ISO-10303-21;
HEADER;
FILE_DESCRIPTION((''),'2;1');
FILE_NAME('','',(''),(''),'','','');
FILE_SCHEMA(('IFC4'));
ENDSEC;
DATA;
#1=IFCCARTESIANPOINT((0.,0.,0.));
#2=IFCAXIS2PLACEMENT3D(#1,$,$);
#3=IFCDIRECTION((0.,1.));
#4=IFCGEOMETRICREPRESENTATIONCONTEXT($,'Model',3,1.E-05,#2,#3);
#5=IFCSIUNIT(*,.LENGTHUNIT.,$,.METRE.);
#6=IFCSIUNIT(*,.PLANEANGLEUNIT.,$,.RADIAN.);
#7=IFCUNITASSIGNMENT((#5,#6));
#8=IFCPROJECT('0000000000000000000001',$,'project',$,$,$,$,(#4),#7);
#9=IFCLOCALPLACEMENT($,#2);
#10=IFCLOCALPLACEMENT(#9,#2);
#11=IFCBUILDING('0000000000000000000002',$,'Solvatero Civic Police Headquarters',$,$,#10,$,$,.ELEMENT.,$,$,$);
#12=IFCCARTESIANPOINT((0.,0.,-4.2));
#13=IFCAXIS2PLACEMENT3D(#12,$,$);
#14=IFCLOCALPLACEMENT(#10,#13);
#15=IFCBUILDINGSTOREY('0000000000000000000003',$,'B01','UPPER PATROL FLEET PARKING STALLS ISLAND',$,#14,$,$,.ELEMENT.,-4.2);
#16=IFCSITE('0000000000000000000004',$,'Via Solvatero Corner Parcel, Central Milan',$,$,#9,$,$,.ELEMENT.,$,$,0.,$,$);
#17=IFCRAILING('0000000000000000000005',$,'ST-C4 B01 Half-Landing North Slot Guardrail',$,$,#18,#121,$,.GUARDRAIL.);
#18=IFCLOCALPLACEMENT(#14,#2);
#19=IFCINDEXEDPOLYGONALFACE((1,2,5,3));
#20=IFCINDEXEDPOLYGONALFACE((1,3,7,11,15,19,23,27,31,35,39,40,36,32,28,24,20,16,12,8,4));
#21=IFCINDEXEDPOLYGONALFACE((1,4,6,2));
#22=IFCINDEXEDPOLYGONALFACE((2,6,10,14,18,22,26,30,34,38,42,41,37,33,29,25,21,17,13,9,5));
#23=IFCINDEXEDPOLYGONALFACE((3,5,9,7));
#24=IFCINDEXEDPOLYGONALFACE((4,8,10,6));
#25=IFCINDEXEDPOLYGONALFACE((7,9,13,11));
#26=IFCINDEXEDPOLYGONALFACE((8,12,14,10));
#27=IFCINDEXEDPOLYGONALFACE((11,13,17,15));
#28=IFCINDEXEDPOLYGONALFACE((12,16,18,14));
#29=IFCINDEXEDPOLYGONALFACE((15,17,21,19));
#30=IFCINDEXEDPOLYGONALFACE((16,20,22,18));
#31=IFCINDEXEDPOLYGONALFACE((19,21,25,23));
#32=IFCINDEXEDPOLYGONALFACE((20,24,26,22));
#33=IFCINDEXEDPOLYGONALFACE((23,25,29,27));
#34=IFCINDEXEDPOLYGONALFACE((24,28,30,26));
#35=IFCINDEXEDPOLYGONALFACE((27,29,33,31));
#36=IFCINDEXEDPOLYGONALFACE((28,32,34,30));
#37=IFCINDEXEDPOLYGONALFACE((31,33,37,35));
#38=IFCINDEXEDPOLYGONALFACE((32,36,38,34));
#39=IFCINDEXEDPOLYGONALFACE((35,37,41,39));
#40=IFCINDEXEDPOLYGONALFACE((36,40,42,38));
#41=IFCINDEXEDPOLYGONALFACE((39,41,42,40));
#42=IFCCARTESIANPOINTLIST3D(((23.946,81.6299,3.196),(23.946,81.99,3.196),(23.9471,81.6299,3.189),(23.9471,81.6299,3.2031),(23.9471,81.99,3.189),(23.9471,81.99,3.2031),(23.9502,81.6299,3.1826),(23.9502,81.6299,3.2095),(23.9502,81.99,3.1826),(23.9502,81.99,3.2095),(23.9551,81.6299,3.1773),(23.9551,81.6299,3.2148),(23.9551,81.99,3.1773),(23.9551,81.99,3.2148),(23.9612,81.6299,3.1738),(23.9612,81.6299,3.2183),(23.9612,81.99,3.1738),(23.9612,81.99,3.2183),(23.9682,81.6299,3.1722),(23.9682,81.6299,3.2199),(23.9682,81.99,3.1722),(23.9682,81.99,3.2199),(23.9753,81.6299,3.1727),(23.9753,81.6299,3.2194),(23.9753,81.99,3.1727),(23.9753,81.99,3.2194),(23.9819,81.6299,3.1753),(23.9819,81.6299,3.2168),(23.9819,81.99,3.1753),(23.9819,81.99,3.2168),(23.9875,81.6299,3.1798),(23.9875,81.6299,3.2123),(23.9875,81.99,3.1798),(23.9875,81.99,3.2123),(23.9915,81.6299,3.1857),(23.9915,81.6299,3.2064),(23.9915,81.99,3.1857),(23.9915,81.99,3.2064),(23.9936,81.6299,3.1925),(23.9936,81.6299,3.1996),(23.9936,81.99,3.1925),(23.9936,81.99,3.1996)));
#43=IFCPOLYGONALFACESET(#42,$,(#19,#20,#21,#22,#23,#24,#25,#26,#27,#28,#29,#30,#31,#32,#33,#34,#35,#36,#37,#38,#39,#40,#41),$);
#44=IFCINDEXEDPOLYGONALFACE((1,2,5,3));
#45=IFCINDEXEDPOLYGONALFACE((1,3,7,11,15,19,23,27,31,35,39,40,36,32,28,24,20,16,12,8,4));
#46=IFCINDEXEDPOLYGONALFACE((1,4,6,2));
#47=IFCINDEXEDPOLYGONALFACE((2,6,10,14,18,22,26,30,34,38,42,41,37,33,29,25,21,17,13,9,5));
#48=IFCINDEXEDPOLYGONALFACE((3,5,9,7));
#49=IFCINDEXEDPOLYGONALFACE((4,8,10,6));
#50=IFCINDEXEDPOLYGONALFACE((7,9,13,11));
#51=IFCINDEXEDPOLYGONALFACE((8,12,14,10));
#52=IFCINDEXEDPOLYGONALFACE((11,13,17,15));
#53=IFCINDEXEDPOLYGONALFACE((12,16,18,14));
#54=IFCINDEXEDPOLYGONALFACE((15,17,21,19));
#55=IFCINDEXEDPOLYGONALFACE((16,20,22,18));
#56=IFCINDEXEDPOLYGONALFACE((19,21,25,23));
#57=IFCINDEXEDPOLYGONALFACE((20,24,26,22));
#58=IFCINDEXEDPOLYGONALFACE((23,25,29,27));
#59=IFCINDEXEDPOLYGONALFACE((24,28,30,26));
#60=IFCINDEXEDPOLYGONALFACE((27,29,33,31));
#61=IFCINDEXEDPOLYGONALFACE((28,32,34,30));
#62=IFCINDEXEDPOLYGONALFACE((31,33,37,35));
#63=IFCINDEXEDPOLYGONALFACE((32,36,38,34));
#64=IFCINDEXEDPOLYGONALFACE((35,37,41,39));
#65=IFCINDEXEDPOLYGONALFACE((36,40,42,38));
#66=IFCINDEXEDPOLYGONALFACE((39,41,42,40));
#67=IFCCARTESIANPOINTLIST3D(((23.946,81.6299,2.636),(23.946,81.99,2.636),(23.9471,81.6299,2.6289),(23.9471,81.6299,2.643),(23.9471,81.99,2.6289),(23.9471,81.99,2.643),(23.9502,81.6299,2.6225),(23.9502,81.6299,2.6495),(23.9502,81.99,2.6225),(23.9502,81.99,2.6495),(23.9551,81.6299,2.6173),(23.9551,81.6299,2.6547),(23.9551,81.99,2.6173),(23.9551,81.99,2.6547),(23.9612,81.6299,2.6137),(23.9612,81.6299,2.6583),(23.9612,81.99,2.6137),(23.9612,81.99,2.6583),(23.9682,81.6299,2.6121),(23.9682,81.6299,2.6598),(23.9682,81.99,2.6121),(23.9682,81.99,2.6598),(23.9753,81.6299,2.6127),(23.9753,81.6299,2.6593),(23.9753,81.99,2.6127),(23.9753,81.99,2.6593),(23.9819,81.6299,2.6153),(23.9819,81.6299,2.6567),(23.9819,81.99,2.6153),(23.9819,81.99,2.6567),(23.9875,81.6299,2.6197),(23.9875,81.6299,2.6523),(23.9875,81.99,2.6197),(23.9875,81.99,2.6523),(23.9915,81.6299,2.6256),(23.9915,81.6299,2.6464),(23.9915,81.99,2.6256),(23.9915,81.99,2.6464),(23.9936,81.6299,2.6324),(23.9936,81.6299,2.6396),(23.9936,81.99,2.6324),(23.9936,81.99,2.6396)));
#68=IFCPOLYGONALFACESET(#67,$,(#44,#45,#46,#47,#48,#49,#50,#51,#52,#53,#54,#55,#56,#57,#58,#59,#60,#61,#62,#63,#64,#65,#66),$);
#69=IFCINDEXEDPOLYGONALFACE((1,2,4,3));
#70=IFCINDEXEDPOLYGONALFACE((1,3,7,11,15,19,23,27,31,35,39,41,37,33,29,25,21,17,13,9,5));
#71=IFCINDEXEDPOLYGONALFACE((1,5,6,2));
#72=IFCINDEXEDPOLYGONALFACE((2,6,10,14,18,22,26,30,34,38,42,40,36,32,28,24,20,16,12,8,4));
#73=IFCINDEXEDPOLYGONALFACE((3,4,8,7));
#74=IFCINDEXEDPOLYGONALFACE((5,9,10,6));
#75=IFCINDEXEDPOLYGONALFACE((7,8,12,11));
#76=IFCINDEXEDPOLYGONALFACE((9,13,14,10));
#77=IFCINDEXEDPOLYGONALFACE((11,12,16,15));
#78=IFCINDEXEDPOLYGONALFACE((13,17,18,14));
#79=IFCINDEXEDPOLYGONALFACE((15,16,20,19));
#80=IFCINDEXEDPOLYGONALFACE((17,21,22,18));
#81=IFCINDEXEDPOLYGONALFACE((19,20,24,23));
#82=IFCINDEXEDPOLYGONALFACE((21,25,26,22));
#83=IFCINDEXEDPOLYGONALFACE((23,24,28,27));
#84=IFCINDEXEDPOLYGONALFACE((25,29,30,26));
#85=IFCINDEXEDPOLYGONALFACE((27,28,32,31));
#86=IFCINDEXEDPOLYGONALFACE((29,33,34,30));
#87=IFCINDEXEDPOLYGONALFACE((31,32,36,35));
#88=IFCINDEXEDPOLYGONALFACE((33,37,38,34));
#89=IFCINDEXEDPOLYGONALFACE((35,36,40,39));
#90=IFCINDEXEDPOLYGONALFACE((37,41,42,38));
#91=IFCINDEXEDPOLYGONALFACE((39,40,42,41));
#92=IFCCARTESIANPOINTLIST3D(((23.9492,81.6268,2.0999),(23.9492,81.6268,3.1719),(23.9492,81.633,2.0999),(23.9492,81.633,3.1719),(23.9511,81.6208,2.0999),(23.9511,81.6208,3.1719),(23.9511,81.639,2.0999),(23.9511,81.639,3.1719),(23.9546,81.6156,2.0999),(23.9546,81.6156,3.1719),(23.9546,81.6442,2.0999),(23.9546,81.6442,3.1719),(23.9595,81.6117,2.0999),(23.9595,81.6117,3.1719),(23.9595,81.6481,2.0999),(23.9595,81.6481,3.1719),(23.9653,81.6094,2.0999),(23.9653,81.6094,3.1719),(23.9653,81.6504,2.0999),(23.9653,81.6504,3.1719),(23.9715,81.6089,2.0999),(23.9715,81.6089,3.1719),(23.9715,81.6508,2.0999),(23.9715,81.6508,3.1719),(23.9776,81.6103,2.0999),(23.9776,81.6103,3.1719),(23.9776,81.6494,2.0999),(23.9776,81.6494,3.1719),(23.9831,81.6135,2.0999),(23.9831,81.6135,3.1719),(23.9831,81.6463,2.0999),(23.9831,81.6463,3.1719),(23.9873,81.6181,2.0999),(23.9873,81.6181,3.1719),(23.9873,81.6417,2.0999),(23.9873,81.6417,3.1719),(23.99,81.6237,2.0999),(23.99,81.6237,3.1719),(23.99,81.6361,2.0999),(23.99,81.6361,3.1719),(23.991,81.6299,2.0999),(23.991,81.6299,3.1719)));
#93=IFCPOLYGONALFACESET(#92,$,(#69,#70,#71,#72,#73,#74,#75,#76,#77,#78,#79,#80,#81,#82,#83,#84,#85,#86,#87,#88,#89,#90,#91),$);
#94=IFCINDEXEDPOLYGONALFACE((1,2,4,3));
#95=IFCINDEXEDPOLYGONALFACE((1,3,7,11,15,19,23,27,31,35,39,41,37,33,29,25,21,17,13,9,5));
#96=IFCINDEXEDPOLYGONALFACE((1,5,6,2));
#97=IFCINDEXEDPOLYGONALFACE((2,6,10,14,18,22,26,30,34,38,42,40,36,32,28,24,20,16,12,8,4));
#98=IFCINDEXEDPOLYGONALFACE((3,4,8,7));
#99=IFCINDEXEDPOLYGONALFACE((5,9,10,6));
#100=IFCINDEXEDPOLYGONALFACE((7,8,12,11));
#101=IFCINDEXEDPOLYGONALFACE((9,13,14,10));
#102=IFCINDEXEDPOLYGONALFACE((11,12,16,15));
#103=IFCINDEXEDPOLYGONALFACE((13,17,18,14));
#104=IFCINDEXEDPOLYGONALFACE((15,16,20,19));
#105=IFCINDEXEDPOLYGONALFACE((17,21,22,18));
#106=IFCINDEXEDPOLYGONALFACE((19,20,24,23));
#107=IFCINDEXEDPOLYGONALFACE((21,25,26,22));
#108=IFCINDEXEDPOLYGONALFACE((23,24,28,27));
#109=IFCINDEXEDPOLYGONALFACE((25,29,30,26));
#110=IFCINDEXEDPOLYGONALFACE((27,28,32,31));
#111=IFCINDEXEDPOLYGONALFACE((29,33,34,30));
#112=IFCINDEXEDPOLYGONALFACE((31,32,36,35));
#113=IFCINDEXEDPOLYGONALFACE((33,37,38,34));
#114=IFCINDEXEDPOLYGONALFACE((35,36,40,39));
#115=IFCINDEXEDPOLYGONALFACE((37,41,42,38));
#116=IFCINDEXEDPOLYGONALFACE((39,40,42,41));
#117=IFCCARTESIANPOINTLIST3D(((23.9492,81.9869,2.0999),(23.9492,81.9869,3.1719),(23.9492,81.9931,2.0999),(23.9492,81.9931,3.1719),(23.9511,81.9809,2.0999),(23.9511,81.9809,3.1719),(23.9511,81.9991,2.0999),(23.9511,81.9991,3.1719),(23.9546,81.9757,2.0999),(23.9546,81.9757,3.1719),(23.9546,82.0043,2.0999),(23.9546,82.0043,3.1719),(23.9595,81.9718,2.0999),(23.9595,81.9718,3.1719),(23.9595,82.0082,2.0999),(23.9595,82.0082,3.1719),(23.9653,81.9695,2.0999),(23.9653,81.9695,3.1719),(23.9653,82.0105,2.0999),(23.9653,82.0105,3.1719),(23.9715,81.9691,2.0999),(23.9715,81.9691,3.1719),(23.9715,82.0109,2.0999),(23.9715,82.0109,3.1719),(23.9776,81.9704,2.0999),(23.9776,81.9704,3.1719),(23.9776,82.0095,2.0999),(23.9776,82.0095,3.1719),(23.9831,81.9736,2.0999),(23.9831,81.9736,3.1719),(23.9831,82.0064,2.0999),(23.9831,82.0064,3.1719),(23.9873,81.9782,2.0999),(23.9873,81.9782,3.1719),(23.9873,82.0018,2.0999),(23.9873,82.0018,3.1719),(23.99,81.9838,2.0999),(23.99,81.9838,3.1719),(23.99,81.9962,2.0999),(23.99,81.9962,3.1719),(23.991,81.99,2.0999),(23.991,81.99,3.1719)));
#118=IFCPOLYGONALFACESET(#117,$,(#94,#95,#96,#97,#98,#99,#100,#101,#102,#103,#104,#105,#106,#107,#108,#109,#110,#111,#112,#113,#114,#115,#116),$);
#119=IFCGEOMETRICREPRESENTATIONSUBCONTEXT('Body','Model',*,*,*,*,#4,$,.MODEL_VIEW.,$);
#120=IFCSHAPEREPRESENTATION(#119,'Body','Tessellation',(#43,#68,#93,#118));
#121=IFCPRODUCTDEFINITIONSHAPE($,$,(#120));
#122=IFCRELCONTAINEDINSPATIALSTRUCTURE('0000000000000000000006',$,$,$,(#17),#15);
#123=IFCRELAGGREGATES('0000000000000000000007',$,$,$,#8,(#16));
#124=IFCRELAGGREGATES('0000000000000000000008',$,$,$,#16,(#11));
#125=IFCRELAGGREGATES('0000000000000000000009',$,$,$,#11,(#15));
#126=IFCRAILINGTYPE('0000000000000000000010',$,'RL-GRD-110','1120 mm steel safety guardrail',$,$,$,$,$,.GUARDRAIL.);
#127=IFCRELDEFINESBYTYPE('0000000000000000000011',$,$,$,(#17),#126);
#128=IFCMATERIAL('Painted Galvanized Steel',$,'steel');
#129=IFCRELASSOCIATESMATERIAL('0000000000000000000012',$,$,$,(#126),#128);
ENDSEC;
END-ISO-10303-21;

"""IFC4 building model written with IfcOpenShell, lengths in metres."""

from ifc_helpers import new_model, si_unit, direction, frame, origin, origin_2d, place, context, subcontext, project, spatial, circle, extrude, material, type_object, element, save


model = new_model("IFC4")

# Units and contexts
model_context = context("Model", 3, precision=1e-05, world=origin(), true_north=direction((0.0, 1.0)))
body_context = subcontext(model_context, "Body", "Model", "MODEL_VIEW")
ifc_project = project(units=[si_unit("LENGTHUNIT", "METRE"), si_unit("PLANEANGLEUNIT", "RADIAN")], contexts=[model_context])

# Site, building, storey
site_placement = place(None, origin())
site = spatial("IfcSite", under=ifc_project, at=site_placement, Name="Via Solvatero Corner Parcel, Central Milan", CompositionType="ELEMENT", RefElevation=0.0)
building_placement = place(site_placement, origin())
building = spatial("IfcBuilding", under=site, at=building_placement, Name="Solvatero Civic Police Headquarters", CompositionType="ELEMENT")
storey_placement = place(building_placement, frame((0.0, 0.0, -4.2)))
storey = spatial("IfcBuildingStorey", under=building, at=storey_placement, Name="B01", Description="UPPER PATROL FLEET PARKING STALLS ISLAND", CompositionType="ELEMENT", Elevation=-4.2)

# Railing
ifc_material_1 = material(Name="Painted Galvanized Steel", Category="steel")
railing_type_1 = type_object("IfcRailingType", Name="RL-GRD-110", Description="1120 mm steel safety guardrail", PredefinedType="GUARDRAIL", material=ifc_material_1)
railing_1_placement = place(storey_placement, frame((23.97, 81.6299, 2.0999)))
element("IfcRailing", 1, at=railing_1_placement, inside=storey, type_object=railing_type_1, Name="ST-C4 B01 Half-Landing North Slot Guardrail", PredefinedType="GUARDRAIL", context=body_context, shape_type="SweptSolid", body=[
    extrude(circle(Radius=0.0239, at=origin_2d()), frame((0.0, 0.0, 1.0962), z_axis=(0.0, 1.0, 0.0), x_axis=(-1.0, 0.0, 0.0)), (0.0, 0.0, 1.0), 0.3601),
    extrude(circle(Radius=0.0239, at=origin_2d()), frame((0.0, 0.0, 0.5361), z_axis=(0.0, 1.0, 0.0), x_axis=(-1.0, 0.0, 0.0)), (0.0, 0.0, 1.0), 0.3601),
    extrude(circle(Radius=0.021, at=origin_2d()), origin(), (0.0, 0.0, 1.0), 1.072),
    extrude(circle(Radius=0.021, at=origin_2d()), frame((0.0, 0.3601, 0.0)), (0.0, 0.0, 1.0), 1.072),
])

save(model, "model.ifc")
